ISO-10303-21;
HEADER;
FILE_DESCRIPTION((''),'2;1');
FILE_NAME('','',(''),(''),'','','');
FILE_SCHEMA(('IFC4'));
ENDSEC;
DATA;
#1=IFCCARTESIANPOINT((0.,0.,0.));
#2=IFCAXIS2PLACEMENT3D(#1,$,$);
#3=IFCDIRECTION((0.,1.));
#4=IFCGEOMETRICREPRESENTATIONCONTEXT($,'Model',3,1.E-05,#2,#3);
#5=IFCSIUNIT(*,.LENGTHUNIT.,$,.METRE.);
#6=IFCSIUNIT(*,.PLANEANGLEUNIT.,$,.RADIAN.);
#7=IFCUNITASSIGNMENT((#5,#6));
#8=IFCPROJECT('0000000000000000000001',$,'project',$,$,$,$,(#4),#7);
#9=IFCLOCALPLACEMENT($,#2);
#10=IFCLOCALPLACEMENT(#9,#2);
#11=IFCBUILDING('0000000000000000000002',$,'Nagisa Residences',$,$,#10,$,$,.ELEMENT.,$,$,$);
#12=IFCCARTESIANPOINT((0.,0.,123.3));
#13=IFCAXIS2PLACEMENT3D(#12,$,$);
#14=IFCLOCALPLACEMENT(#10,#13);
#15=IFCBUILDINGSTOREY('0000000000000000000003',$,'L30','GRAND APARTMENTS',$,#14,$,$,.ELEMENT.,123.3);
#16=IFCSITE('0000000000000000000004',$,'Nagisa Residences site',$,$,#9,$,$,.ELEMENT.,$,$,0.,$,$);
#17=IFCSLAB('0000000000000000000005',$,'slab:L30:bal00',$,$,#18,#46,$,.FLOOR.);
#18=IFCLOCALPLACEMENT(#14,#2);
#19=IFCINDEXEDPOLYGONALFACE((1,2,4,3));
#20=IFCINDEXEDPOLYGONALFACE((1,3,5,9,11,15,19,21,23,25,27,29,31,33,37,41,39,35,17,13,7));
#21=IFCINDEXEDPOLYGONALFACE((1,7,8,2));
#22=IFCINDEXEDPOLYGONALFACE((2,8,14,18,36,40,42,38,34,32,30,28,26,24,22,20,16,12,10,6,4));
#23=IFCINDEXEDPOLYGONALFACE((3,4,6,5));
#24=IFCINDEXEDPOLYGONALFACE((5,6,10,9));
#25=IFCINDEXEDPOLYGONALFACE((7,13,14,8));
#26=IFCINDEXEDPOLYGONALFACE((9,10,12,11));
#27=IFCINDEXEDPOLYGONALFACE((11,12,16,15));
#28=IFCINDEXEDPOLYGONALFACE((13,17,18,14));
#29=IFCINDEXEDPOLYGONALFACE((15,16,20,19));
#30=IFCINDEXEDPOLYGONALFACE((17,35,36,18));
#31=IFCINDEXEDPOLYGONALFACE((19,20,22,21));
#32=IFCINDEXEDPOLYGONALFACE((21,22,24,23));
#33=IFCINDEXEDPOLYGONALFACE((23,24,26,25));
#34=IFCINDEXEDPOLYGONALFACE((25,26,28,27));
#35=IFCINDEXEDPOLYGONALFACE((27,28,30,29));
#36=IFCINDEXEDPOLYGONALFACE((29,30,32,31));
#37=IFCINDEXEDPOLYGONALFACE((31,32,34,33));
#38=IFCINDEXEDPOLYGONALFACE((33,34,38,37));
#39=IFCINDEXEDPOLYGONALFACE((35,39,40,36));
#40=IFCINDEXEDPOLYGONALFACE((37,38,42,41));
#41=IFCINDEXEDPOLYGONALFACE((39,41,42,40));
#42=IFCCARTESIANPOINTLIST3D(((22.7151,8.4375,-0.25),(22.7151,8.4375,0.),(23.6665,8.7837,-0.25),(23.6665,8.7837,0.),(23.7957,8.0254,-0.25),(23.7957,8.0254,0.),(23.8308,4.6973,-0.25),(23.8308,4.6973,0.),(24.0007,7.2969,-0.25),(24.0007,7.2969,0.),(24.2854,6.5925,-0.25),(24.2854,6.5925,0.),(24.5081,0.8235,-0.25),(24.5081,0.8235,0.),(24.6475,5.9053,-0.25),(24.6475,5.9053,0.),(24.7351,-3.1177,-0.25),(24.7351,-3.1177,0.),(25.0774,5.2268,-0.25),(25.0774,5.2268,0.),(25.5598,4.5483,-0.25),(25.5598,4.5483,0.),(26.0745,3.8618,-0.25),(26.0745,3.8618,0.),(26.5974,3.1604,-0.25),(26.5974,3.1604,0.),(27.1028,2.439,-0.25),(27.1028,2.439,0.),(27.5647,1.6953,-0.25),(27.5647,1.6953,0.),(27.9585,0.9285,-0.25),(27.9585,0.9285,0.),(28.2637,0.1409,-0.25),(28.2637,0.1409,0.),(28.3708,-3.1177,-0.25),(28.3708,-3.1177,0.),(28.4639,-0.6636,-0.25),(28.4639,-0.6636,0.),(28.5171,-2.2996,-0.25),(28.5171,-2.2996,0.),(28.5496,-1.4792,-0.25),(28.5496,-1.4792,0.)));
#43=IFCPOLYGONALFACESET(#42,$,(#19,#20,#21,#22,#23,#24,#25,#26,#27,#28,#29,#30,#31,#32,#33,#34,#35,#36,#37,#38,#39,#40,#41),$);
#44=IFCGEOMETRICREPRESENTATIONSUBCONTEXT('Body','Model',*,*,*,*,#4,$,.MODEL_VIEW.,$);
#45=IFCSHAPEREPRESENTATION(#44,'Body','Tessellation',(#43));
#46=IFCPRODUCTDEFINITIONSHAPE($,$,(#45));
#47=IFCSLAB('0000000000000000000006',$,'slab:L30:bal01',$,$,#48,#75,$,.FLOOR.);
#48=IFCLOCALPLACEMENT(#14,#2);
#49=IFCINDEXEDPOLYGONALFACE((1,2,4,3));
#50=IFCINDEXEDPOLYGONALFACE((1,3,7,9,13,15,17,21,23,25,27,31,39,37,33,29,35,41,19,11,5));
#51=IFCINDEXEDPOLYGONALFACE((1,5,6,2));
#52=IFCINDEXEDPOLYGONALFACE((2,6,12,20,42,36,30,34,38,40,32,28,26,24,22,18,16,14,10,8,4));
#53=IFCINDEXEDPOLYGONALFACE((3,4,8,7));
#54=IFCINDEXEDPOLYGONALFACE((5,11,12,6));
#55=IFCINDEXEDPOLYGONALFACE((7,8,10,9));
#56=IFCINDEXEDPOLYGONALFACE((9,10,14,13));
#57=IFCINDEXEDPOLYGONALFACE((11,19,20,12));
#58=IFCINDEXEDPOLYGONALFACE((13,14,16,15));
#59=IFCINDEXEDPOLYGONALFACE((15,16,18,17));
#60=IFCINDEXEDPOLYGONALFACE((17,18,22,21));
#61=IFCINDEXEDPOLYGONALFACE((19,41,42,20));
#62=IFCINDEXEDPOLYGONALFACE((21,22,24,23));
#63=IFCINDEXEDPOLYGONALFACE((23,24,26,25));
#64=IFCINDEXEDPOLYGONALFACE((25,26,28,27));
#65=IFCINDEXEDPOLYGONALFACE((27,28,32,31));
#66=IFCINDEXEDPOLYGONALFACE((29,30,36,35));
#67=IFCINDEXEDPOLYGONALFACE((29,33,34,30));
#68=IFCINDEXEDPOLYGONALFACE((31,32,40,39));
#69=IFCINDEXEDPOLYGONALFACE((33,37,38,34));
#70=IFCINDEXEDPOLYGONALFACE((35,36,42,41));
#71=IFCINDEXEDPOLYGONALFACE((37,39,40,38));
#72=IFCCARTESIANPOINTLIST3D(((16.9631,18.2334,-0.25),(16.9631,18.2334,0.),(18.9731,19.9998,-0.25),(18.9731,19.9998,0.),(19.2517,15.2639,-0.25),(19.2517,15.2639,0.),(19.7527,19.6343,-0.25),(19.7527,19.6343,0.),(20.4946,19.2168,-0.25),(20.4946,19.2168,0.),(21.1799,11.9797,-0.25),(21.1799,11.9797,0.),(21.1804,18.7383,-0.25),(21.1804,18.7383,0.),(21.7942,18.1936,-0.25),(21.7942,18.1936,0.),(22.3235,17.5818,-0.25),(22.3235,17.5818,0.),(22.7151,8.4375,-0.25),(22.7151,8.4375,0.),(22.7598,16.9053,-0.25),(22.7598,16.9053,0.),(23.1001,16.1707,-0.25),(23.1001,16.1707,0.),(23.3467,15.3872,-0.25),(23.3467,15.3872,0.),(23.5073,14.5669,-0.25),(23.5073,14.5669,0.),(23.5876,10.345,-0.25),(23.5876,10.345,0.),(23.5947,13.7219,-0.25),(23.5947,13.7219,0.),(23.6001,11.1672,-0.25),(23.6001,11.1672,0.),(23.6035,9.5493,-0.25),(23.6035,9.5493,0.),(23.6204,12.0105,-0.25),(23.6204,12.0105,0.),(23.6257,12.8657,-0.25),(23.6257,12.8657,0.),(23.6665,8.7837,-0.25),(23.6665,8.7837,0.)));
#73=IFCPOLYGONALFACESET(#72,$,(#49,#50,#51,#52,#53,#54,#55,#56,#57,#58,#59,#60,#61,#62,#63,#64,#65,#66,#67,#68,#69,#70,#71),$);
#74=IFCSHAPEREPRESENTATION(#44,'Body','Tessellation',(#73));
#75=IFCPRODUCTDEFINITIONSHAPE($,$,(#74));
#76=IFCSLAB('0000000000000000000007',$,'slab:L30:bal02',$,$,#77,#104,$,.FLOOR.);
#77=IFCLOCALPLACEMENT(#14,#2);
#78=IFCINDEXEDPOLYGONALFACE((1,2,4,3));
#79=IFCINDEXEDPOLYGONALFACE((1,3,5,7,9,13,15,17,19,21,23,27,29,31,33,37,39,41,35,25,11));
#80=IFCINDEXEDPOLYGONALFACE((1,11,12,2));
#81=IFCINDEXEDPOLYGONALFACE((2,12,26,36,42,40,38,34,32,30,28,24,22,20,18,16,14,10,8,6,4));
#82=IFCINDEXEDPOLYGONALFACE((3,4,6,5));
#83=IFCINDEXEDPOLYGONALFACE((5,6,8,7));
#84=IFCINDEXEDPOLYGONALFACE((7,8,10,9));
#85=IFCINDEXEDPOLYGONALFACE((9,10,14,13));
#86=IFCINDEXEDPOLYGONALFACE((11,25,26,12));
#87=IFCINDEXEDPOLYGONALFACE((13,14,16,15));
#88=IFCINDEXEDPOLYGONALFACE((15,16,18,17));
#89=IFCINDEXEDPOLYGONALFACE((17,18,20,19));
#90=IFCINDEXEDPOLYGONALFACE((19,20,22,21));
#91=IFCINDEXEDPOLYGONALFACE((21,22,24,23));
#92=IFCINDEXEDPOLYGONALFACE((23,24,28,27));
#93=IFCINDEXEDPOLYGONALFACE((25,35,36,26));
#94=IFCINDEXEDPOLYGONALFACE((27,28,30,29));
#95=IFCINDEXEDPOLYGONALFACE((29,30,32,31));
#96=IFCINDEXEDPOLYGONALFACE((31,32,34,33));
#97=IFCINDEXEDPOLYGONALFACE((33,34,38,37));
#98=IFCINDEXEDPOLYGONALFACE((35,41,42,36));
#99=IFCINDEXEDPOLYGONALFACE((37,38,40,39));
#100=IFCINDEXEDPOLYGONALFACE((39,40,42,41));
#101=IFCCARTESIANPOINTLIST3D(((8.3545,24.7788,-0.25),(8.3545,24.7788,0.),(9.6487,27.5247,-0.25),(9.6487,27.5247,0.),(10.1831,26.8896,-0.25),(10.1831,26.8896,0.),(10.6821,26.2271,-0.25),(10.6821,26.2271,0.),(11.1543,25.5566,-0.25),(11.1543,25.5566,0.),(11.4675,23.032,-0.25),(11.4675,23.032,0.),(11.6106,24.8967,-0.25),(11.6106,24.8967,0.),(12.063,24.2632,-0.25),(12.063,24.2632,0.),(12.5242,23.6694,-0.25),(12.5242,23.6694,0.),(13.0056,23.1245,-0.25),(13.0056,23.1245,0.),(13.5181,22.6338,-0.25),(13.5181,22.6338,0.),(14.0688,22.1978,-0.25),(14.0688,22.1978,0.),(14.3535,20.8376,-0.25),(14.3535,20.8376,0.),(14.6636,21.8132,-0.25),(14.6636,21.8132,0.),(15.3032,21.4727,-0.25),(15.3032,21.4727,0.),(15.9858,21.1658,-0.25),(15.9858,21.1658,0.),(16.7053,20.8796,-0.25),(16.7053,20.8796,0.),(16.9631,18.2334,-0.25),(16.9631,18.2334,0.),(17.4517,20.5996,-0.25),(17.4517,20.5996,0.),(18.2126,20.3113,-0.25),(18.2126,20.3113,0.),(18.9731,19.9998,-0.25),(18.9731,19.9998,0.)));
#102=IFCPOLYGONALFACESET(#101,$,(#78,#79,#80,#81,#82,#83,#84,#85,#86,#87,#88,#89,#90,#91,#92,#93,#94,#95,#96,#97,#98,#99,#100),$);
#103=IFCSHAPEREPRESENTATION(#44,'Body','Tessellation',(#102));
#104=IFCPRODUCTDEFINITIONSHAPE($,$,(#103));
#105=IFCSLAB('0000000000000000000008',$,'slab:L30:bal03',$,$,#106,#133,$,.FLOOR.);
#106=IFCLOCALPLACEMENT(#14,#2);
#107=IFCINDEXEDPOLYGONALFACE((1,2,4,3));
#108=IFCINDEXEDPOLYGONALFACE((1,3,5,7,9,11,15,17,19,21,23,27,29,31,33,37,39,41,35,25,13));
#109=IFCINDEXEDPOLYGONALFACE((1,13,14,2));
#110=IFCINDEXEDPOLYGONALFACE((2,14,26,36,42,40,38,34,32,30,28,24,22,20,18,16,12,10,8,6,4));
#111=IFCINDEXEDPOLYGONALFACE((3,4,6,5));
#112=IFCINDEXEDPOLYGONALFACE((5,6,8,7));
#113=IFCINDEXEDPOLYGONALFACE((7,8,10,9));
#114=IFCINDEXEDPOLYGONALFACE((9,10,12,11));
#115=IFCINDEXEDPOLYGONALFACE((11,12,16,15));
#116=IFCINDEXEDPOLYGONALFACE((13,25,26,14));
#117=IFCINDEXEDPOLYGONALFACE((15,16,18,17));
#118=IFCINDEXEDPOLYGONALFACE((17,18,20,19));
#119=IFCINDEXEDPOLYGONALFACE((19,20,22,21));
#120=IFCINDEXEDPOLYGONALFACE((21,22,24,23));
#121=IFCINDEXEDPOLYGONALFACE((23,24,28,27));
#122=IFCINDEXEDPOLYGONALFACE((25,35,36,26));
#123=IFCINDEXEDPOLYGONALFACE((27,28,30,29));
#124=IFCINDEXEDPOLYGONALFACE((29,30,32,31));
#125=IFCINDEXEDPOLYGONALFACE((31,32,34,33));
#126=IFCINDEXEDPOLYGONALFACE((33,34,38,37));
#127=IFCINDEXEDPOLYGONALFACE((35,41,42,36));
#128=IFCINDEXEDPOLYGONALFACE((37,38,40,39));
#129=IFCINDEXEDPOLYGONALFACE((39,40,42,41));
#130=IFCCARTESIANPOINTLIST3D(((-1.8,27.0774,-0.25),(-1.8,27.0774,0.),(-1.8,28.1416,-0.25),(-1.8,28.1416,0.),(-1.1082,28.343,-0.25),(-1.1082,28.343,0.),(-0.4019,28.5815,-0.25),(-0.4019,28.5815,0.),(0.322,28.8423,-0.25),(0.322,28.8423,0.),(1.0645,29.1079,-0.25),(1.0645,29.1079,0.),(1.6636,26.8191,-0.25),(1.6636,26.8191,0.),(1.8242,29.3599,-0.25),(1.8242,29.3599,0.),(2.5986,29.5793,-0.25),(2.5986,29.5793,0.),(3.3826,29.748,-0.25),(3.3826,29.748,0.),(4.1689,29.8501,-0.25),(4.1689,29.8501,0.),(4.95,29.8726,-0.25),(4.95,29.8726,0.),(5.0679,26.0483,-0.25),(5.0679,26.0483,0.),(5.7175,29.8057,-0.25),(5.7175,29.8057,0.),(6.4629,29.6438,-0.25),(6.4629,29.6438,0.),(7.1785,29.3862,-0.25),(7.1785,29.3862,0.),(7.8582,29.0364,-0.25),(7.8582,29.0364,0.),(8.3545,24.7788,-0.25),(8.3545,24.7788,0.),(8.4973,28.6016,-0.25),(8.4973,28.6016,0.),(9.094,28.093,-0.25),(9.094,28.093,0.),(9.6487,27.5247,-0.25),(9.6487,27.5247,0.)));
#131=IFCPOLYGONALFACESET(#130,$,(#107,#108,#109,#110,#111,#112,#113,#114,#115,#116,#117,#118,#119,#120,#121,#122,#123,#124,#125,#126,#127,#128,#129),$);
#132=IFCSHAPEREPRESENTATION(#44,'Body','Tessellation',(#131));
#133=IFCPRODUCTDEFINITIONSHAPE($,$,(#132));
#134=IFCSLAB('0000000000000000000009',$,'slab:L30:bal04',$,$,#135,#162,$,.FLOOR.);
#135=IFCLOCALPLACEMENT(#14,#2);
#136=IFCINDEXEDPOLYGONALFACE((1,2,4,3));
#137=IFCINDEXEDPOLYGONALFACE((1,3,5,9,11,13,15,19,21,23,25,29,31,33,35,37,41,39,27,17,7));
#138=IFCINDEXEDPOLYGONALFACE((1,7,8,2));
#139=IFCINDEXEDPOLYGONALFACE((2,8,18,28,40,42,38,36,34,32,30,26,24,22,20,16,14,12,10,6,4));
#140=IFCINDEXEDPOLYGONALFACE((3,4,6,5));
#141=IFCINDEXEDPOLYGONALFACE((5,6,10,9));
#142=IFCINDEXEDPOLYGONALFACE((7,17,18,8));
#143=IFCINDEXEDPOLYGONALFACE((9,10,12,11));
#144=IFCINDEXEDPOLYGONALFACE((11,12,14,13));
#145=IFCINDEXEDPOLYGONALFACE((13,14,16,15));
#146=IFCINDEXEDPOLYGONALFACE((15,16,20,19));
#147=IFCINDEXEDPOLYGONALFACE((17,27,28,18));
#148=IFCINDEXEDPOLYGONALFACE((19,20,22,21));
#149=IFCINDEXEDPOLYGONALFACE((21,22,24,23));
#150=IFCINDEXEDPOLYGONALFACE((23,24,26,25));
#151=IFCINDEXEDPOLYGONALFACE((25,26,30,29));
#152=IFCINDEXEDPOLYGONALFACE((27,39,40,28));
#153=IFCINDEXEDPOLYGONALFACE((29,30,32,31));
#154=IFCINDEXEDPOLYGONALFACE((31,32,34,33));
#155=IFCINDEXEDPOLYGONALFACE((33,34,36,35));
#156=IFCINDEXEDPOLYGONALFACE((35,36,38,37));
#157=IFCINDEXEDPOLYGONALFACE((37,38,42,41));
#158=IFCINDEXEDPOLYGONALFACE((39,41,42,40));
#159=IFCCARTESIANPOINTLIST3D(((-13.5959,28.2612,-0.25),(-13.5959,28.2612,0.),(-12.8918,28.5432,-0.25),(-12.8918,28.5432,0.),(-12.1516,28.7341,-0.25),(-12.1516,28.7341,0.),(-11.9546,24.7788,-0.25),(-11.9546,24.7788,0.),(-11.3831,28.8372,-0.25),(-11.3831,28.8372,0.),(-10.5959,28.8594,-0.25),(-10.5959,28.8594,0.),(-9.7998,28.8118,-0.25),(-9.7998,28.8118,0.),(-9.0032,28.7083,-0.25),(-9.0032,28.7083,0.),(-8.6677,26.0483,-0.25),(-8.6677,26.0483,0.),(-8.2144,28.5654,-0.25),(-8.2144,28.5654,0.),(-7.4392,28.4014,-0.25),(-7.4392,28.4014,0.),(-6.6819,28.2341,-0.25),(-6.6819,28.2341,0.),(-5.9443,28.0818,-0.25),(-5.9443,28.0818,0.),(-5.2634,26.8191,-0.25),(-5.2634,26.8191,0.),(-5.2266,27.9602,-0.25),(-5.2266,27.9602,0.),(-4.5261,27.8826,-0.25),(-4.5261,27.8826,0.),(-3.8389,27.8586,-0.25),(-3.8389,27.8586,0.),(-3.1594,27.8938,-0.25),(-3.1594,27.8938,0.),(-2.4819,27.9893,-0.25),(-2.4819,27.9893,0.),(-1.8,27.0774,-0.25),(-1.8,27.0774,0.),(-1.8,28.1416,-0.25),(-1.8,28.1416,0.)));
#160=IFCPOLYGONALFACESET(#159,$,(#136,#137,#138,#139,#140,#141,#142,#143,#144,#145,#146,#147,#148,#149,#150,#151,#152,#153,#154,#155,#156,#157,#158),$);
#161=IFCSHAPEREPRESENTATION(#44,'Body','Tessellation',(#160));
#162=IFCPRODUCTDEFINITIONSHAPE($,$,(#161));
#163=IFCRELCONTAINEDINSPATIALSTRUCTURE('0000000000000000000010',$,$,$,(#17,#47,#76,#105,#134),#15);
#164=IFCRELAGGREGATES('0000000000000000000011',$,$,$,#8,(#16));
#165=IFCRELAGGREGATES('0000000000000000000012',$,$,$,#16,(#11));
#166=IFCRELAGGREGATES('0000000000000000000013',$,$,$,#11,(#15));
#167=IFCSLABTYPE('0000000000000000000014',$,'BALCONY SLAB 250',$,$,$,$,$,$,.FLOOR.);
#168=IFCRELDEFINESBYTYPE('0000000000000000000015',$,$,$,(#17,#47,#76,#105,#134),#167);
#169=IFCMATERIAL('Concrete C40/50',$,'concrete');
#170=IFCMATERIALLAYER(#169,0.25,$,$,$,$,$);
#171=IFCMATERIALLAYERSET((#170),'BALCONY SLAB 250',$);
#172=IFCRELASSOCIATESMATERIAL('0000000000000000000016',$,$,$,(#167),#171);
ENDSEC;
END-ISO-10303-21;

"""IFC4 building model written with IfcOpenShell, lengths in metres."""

from ifc_helpers import new_model, si_unit, direction, frame, origin, place, context, subcontext, project, spatial, polyline, outline, extrude, material, layer, layer_set, type_object, element, save


model = new_model("IFC4")

# Units and contexts
model_context = context("Model", 3, precision=1e-05, world=origin(), true_north=direction((0.0, 1.0)))
body_context = subcontext(model_context, "Body", "Model", "MODEL_VIEW")
ifc_project = project(units=[si_unit("LENGTHUNIT", "METRE"), si_unit("PLANEANGLEUNIT", "RADIAN")], contexts=[model_context])

# Site, building, storey
site_placement = place(None, origin())
site = spatial("IfcSite", under=ifc_project, at=site_placement, Name="Nagisa Residences site", CompositionType="ELEMENT", RefElevation=0.0)
building_placement = place(site_placement, origin())
building = spatial("IfcBuilding", under=site, at=building_placement, Name="Nagisa Residences", CompositionType="ELEMENT")
storey_placement = place(building_placement, frame((0.0, 0.0, 123.3)))
storey = spatial("IfcBuildingStorey", under=building, at=storey_placement, Name="L30", Description="GRAND APARTMENTS", CompositionType="ELEMENT", Elevation=123.3)

# Slabs
ifc_material_1 = material(Name="Concrete C40/50", Category="concrete")
ifc_layer_1 = layer(ifc_material_1, 0.25)
ifc_layer_set_1 = layer_set([ifc_layer_1], Name="BALCONY SLAB 250")
slab_type_1 = type_object("IfcSlabType", Name="BALCONY SLAB 250", PredefinedType="FLOOR", material=ifc_layer_set_1)
slab_1_placement = place(storey_placement, frame((0.0, 0.0, -0.25)))
element("IfcSlab", 1, at=slab_1_placement, inside=storey, type_object=slab_type_1, Name="slab:L30:bal00", PredefinedType="FLOOR", context=body_context, shape_type="SweptSolid", body=[
    extrude(outline(polyline([(28.3708, -3.1177), (28.5171, -2.2996), (28.5496, -1.4792), (28.4639, -0.6636), (28.2637, 0.1409), (27.9585, 0.9285), (27.5647, 1.6953), (27.1028, 2.439), (26.5974, 3.1604), (26.0745, 3.8618), (25.5598, 4.5483), (25.0774, 5.2268), (24.6475, 5.9053), (24.2854, 6.5925), (24.0007, 7.2969), (23.7957, 8.0254), (23.6665, 8.7837), (22.7151, 8.4375), (23.8308, 4.6973), (24.5081, 0.8235), (24.7351, -3.1177), (28.3708, -3.1177)])), origin(), (0.0, 0.0, 1.0), 0.25),
])
slab_2_placement = place(storey_placement, frame((0.0, 0.0, -0.25)))
element("IfcSlab", 2, at=slab_2_placement, inside=storey, type_object=slab_type_1, Name="slab:L30:bal01", PredefinedType="FLOOR", context=body_context, shape_type="SweptSolid", body=[
    extrude(outline(polyline([(23.6665, 8.7837), (23.6035, 9.5493), (23.5876, 10.345), (23.6001, 11.1672), (23.6204, 12.0105), (23.6257, 12.8657), (23.5947, 13.7219), (23.5073, 14.5669), (23.3467, 15.3872), (23.1001, 16.1707), (22.7598, 16.9053), (22.3235, 17.5818), (21.7942, 18.1936), (21.1804, 18.7383), (20.4946, 19.2168), (19.7527, 19.6343), (18.9731, 19.9998), (16.9631, 18.2334), (19.2517, 15.2639), (21.1799, 11.9797), (22.7151, 8.4375), (23.6665, 8.7837)])), origin(), (0.0, 0.0, 1.0), 0.25),
])
slab_3_placement = place(storey_placement, frame((0.0, 0.0, -0.25)))
element("IfcSlab", 3, at=slab_3_placement, inside=storey, type_object=slab_type_1, Name="slab:L30:bal02", PredefinedType="FLOOR", context=body_context, shape_type="SweptSolid", body=[
    extrude(outline(polyline([(18.9731, 19.9998), (18.2126, 20.3113), (17.4517, 20.5996), (16.7053, 20.8796), (15.9858, 21.1658), (15.3032, 21.4727), (14.6636, 21.8132), (14.0688, 22.1978), (13.5181, 22.6338), (13.0056, 23.1245), (12.5242, 23.6694), (12.063, 24.2632), (11.6106, 24.8967), (11.1543, 25.5566), (10.6821, 26.2271), (10.1831, 26.8896), (9.6487, 27.5247), (8.3545, 24.7788), (11.4675, 23.032), (14.3535, 20.8376), (16.9631, 18.2334), (18.9731, 19.9998)])), origin(), (0.0, 0.0, 1.0), 0.25),
])
slab_4_placement = place(storey_placement, frame((0.0, 0.0, -0.25)))
element("IfcSlab", 4, at=slab_4_placement, inside=storey, type_object=slab_type_1, Name="slab:L30:bal03", PredefinedType="FLOOR", context=body_context, shape_type="SweptSolid", body=[
    extrude(outline(polyline([(9.6487, 27.5247), (9.094, 28.093), (8.4973, 28.6016), (7.8582, 29.0364), (7.1785, 29.3862), (6.4629, 29.6438), (5.7175, 29.8057), (4.95, 29.8726), (4.1689, 29.8501), (3.3826, 29.748), (2.5986, 29.5793), (1.8242, 29.3599), (1.0645, 29.1079), (0.322, 28.8423), (-0.4019, 28.5815), (-1.1082, 28.343), (-1.8, 28.1416), (-1.8, 27.0774), (1.6636, 26.8191), (5.0679, 26.0483), (8.3545, 24.7788), (9.6487, 27.5247)])), origin(), (0.0, 0.0, 1.0), 0.25),
])
slab_5_placement = place(storey_placement, frame((0.0, 0.0, -0.25)))
element("IfcSlab", 5, at=slab_5_placement, inside=storey, type_object=slab_type_1, Name="slab:L30:bal04", PredefinedType="FLOOR", context=body_context, shape_type="SweptSolid", body=[
    extrude(outline(polyline([(-1.8, 28.1416), (-2.4819, 27.9893), (-3.1594, 27.8938), (-3.8389, 27.8586), (-4.5261, 27.8826), (-5.2266, 27.9602), (-5.9443, 28.0818), (-6.6819, 28.2341), (-7.4392, 28.4014), (-8.2144, 28.5654), (-9.0032, 28.7083), (-9.7998, 28.8118), (-10.5959, 28.8594), (-11.3831, 28.8372), (-12.1516, 28.7341), (-12.8918, 28.5432), (-13.5959, 28.2612), (-11.9546, 24.7788), (-8.6677, 26.0483), (-5.2634, 26.8191), (-1.8, 27.0774), (-1.8, 28.1416)])), origin(), (0.0, 0.0, 1.0), 0.25),
])

save(model, "model.ifc")
